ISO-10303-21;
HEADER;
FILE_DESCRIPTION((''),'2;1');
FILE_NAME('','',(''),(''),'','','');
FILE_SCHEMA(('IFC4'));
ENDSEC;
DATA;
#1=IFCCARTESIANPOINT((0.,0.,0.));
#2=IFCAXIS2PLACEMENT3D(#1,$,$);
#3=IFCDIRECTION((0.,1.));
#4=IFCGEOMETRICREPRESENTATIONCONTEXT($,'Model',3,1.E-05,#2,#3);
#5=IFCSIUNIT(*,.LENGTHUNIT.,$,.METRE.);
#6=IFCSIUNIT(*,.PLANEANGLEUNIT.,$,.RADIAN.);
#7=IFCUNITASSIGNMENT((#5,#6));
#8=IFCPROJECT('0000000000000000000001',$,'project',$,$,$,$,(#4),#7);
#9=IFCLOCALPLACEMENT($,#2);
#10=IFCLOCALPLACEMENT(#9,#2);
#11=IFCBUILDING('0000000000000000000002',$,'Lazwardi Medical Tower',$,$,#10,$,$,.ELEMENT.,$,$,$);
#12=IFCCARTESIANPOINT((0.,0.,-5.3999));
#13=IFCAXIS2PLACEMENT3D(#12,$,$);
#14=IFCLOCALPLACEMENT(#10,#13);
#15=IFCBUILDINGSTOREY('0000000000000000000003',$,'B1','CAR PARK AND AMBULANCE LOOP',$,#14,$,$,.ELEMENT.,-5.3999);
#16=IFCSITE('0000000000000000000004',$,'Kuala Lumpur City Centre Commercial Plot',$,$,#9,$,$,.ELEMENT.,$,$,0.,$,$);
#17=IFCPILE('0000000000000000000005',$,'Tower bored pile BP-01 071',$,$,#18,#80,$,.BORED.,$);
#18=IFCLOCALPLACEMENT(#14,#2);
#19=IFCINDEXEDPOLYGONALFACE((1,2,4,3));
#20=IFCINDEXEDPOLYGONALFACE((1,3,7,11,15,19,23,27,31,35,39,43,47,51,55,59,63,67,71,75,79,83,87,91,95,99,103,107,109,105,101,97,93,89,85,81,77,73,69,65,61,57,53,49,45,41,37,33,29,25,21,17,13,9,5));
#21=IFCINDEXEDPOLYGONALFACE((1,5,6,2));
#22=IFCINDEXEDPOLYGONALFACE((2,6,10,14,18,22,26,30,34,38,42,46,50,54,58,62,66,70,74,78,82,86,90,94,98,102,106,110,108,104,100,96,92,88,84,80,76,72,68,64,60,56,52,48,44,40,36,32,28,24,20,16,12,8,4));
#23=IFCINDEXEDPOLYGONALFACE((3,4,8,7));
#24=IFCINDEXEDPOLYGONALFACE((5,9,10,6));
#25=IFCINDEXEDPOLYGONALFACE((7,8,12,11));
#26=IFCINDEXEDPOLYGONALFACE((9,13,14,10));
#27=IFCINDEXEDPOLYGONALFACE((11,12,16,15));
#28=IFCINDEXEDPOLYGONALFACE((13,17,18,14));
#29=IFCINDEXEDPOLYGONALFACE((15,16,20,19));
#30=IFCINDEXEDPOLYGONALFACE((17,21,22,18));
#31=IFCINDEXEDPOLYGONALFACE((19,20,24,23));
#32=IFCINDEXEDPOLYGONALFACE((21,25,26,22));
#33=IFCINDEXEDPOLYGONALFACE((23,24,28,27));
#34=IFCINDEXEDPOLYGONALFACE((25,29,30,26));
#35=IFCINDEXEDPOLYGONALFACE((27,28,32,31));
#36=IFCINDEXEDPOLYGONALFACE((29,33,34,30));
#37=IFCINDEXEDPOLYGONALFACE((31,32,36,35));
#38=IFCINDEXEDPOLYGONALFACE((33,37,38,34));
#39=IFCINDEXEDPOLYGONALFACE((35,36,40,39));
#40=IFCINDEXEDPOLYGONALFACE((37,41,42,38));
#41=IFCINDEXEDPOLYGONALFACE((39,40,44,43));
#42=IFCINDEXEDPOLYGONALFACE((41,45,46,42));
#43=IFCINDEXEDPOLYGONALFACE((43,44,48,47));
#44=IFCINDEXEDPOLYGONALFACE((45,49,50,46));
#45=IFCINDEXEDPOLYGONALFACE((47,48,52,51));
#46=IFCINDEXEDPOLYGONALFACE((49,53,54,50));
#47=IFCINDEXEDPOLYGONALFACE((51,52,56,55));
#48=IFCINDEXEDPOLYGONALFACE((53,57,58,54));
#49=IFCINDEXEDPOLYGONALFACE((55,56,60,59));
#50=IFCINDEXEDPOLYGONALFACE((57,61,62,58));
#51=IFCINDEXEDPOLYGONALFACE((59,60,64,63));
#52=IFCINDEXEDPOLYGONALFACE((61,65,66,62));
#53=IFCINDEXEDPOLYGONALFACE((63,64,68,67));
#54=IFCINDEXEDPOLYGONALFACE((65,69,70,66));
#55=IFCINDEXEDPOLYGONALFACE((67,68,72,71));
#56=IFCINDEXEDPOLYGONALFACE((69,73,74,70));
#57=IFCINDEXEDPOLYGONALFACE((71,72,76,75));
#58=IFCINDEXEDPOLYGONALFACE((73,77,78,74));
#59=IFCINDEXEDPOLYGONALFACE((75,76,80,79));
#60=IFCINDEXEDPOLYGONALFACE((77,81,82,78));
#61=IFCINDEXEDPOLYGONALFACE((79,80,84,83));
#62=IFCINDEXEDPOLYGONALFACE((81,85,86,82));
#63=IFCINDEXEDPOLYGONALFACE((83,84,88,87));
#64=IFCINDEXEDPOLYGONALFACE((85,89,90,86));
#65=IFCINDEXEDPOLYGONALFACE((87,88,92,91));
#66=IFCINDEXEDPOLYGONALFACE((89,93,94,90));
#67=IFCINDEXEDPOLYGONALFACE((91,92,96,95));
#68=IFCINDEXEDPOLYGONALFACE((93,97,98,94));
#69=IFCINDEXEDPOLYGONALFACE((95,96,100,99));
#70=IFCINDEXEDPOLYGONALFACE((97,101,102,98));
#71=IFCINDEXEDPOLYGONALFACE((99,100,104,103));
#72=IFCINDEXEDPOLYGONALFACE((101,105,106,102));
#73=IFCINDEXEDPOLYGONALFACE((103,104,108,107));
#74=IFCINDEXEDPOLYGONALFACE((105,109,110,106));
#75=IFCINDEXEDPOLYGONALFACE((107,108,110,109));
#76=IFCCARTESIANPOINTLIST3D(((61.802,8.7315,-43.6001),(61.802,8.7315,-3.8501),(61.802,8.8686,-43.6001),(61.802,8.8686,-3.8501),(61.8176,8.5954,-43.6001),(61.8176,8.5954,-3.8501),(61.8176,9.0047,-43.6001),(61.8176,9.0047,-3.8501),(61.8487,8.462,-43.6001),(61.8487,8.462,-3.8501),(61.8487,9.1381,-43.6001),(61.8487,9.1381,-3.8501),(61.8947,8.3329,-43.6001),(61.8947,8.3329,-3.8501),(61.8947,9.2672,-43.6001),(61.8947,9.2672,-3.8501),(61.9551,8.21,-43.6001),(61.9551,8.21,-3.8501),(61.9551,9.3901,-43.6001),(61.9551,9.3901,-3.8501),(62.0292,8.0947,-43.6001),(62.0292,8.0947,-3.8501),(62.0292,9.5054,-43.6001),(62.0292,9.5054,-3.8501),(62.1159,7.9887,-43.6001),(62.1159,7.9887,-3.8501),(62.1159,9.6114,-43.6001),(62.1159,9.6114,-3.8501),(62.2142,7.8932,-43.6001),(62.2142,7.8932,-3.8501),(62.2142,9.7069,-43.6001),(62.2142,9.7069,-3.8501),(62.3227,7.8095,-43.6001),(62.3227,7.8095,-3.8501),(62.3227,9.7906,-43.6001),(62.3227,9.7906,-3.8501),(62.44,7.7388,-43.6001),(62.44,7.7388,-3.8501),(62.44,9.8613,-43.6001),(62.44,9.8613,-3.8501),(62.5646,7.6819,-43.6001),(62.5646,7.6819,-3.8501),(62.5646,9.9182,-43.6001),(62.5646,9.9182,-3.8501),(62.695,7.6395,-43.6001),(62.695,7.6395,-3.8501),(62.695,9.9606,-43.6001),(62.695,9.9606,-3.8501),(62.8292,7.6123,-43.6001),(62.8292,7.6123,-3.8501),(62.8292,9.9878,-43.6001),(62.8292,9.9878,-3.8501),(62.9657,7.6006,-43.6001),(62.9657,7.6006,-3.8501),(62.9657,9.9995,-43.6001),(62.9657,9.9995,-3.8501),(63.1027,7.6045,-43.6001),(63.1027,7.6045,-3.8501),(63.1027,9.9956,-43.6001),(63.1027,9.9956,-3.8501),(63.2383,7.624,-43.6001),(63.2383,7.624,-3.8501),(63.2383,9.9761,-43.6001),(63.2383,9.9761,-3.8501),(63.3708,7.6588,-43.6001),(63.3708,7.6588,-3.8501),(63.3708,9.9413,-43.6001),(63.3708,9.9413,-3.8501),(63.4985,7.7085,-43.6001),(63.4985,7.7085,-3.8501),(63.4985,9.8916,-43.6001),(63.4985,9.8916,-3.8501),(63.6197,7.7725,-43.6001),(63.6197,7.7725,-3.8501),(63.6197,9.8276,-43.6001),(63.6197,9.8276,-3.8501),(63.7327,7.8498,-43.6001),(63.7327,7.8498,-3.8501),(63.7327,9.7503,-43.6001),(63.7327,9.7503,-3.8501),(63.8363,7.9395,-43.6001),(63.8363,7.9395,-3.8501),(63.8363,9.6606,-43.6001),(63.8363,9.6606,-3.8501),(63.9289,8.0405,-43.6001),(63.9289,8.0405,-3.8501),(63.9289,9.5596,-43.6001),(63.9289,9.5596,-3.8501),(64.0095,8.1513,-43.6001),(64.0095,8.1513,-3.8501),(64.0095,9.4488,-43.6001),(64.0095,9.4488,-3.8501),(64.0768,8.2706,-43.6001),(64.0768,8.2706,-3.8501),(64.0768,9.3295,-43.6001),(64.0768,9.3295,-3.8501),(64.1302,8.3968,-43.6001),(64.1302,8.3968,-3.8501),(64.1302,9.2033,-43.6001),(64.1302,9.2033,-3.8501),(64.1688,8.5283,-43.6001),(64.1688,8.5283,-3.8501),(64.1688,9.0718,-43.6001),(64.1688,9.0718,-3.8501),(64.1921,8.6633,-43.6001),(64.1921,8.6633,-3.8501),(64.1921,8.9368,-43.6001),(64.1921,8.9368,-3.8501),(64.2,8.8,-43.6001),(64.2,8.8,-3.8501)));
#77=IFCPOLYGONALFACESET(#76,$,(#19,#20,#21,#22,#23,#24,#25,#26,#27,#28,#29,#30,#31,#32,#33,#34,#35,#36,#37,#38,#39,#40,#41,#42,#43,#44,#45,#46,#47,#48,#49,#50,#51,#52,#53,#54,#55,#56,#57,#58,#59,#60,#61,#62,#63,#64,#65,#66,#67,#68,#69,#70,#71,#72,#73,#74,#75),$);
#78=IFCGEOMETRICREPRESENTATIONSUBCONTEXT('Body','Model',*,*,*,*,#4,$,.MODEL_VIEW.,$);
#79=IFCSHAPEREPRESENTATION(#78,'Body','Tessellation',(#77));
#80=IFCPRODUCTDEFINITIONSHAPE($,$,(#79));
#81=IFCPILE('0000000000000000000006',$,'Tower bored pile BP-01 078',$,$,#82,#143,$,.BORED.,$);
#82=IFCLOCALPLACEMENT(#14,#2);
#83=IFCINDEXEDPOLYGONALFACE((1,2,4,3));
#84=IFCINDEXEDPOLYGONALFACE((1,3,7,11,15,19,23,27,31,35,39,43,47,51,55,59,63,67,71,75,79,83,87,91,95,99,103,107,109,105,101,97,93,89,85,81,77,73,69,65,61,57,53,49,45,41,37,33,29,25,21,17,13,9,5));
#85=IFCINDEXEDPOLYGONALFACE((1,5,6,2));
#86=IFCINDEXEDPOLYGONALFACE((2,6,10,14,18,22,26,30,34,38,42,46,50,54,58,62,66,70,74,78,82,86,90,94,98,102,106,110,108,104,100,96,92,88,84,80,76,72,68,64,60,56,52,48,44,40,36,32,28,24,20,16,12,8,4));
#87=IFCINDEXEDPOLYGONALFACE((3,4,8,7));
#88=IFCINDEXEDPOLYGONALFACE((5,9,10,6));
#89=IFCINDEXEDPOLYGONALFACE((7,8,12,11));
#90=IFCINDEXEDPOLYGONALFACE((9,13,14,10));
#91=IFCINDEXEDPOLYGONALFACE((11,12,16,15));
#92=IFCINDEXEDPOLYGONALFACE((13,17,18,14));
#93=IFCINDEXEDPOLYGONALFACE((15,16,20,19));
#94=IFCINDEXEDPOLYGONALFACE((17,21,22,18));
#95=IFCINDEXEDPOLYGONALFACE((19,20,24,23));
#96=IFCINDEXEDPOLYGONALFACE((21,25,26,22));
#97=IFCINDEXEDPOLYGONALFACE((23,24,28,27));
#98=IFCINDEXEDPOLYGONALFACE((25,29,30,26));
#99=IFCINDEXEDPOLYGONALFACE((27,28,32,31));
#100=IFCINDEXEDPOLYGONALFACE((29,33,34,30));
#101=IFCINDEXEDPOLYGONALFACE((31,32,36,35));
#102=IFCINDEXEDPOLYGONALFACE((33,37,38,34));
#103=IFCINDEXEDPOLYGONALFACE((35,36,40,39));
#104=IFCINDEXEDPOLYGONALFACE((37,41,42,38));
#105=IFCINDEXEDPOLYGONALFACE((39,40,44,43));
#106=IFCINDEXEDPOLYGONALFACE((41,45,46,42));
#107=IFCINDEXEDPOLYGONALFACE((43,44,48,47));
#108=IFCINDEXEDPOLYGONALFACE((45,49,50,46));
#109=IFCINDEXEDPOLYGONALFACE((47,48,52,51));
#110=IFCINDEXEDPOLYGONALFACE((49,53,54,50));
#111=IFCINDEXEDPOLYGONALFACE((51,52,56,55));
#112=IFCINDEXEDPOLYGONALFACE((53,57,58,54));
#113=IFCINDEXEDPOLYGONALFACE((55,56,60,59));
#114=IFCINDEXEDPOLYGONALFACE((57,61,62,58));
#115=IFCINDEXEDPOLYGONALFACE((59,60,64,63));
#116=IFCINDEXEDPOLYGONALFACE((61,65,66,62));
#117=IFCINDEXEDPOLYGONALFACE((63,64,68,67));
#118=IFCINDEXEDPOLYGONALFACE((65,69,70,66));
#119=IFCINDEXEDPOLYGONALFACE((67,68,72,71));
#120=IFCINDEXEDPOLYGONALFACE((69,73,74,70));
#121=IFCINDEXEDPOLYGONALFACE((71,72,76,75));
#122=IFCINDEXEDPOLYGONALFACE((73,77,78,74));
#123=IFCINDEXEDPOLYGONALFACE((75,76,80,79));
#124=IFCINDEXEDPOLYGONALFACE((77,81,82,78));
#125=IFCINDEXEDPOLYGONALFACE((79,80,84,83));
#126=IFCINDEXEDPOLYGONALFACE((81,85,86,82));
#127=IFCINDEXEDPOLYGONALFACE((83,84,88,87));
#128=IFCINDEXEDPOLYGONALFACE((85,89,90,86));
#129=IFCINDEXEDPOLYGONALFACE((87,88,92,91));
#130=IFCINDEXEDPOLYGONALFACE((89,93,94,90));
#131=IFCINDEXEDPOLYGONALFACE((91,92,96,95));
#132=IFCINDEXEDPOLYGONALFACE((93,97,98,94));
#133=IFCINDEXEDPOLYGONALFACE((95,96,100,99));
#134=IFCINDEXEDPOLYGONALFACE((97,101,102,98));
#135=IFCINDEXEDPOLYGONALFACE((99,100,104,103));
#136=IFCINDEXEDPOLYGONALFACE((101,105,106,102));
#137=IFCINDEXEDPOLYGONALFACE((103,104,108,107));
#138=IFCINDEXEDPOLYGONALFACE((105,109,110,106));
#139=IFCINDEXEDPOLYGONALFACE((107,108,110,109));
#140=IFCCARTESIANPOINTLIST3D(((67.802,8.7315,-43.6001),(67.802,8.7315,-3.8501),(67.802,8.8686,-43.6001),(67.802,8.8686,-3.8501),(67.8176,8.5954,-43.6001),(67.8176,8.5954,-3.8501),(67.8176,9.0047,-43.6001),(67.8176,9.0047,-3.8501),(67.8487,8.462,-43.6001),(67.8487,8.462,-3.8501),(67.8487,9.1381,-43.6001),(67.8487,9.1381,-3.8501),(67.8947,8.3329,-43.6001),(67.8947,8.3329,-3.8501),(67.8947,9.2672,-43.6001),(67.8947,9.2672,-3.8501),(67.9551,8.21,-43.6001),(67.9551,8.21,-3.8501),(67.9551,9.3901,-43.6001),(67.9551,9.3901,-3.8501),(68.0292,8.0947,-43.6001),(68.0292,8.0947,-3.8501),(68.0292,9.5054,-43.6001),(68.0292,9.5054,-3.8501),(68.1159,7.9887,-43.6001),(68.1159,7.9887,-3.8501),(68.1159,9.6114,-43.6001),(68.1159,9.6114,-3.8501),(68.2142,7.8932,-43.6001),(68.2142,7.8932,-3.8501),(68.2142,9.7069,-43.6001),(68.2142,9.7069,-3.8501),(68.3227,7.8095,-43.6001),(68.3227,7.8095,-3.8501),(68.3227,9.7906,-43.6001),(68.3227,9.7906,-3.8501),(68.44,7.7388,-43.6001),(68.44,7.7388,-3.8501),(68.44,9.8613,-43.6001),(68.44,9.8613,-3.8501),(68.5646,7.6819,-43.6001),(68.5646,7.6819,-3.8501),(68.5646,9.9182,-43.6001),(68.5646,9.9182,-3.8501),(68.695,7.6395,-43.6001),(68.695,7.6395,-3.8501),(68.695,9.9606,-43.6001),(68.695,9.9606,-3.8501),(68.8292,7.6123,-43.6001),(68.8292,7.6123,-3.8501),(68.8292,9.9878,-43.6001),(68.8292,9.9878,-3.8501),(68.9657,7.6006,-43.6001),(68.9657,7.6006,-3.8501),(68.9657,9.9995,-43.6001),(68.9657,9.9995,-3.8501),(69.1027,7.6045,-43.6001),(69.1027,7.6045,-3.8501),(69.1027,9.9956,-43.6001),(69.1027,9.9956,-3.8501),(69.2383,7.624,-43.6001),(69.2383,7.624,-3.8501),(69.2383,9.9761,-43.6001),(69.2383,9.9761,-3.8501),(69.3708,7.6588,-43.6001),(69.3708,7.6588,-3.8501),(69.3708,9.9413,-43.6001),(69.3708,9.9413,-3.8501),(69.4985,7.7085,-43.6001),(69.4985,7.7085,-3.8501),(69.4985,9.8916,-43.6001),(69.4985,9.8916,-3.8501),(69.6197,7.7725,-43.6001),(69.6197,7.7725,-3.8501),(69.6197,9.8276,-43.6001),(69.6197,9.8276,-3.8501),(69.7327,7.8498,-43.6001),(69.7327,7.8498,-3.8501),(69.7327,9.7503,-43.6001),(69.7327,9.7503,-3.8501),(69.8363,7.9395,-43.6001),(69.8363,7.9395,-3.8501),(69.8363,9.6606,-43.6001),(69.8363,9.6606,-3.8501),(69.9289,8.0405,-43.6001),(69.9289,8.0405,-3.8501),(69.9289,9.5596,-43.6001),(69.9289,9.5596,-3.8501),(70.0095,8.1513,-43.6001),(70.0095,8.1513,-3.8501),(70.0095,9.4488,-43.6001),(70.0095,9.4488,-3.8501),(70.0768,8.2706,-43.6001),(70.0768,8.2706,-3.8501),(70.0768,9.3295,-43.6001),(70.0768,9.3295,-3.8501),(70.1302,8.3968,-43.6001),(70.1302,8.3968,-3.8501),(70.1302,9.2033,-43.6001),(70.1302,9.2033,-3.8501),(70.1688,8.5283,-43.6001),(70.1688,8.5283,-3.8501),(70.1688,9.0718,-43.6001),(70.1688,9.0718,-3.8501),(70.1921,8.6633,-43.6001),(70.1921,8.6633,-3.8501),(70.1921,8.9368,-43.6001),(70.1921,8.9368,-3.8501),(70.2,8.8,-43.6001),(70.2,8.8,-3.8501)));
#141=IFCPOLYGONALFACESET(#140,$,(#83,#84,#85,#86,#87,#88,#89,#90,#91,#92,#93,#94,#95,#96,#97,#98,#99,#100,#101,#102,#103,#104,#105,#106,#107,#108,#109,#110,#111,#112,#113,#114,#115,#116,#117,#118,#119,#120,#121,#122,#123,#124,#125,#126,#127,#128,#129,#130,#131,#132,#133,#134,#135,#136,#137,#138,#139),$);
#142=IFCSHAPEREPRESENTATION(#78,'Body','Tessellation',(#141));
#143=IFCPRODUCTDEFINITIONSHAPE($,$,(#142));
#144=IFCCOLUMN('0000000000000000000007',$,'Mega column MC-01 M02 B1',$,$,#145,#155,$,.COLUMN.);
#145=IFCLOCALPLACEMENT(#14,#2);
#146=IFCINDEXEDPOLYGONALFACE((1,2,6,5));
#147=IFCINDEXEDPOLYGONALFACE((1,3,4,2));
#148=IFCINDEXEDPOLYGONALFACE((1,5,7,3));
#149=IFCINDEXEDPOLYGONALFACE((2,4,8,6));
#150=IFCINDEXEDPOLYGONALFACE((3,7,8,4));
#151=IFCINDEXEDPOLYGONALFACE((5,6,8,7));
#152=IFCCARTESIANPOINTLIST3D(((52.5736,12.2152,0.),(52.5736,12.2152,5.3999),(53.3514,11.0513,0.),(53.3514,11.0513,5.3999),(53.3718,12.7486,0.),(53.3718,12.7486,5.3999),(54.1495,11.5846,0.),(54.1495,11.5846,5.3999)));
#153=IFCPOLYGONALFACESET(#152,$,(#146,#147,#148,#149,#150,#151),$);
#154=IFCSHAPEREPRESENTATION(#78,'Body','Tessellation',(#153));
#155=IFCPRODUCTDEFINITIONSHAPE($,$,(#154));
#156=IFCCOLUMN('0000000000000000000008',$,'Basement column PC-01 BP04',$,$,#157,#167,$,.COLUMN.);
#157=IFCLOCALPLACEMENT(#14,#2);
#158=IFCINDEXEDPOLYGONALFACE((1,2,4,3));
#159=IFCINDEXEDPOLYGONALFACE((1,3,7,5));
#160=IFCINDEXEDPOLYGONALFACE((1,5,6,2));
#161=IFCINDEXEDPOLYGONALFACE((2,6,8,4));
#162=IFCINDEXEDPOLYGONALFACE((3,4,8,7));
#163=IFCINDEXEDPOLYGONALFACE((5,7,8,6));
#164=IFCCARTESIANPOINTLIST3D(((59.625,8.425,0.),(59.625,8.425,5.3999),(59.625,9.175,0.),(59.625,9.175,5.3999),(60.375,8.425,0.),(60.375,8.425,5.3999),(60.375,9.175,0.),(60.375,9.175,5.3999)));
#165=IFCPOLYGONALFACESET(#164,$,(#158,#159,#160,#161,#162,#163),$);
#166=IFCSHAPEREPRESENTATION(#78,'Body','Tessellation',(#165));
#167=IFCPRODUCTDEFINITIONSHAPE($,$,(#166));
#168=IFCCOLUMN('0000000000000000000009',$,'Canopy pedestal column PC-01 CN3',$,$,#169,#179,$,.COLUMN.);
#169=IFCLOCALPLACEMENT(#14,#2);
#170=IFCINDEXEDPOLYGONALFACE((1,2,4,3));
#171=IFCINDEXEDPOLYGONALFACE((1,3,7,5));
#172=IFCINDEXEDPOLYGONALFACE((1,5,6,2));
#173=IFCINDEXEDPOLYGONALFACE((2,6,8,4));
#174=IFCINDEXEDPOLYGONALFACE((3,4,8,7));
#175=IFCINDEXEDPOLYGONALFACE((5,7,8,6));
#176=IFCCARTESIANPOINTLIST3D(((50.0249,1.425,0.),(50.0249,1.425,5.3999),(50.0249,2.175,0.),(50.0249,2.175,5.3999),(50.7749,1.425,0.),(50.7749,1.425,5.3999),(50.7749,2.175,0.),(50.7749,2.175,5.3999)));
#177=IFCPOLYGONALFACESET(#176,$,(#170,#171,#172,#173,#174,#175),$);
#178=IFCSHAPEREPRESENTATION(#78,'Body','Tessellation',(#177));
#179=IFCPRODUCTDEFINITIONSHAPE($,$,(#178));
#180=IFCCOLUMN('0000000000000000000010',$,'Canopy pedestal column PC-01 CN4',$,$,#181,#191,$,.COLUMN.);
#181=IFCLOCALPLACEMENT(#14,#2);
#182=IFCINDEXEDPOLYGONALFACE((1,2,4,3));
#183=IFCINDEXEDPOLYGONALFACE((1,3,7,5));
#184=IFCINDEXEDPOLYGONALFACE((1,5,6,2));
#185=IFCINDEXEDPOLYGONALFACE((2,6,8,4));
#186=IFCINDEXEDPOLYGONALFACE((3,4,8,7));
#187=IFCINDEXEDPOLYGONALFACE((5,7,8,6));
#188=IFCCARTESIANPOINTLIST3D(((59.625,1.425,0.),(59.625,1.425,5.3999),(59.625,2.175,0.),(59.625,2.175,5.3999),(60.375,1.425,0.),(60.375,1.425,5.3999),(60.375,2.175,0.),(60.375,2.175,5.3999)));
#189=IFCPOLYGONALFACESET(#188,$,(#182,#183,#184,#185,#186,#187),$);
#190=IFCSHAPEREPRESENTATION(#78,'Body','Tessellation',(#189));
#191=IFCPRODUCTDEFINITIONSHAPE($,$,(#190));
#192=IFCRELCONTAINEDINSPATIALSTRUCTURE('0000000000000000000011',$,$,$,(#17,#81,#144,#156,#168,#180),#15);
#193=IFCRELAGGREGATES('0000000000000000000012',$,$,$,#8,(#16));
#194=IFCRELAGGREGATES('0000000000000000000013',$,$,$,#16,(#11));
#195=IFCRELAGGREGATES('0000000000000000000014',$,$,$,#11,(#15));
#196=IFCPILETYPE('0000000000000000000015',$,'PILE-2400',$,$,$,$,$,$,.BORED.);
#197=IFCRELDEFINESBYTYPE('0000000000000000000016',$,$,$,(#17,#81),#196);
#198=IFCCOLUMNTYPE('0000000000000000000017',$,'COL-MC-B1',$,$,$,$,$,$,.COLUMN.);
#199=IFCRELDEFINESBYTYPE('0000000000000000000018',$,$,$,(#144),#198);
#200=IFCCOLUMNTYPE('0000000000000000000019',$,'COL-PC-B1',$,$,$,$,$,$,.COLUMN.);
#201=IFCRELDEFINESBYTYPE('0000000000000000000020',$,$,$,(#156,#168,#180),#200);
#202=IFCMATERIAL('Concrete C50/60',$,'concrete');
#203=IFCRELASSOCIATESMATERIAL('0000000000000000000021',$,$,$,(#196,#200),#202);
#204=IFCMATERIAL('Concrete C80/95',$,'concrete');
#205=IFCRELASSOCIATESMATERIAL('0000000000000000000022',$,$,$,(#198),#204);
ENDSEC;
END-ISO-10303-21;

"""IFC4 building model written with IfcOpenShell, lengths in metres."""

from ifc_helpers import new_model, si_unit, direction, frame, origin, origin_2d, place, context, subcontext, project, spatial, rectangle, circle, extrude, material, material_profile, profile_set, type_object, element, save


model = new_model("IFC4")

# Units and contexts
model_context = context("Model", 3, precision=1e-05, world=origin(), true_north=direction((0.0, 1.0)))
body_context = subcontext(model_context, "Body", "Model", "MODEL_VIEW")
ifc_project = project(units=[si_unit("LENGTHUNIT", "METRE"), si_unit("PLANEANGLEUNIT", "RADIAN")], contexts=[model_context])

# Site, building, storey
site_placement = place(None, origin())
site = spatial("IfcSite", under=ifc_project, at=site_placement, Name="Kuala Lumpur City Centre Commercial Plot", CompositionType="ELEMENT", RefElevation=0.0)
building_placement = place(site_placement, origin())
building = spatial("IfcBuilding", under=site, at=building_placement, Name="Lazwardi Medical Tower", CompositionType="ELEMENT")
storey_placement = place(building_placement, frame((0.0, 0.0, -5.3999)))
storey = spatial("IfcBuildingStorey", under=building, at=storey_placement, Name="B1", Description="CAR PARK AND AMBULANCE LOOP", CompositionType="ELEMENT", Elevation=-5.3999)

# Piles
ifc_material_1 = material(Name="Concrete C50/60", Category="concrete")
ifc_material_profile_1 = material_profile(ifc_material_1, circle(Radius=1.2, at=origin_2d()), Name="BORED PILE D2400")
ifc_profile_set_1 = profile_set([ifc_material_profile_1], Name="Concrete C50/60")
pile_type_1 = type_object("IfcPileType", Name="PILE-2400", PredefinedType="BORED", material=ifc_profile_set_1)
for number, where, z_axis, x_axis, name in (
    (1, (63.0, 8.8, -3.8501), (0.0, 0.0, -1.0), (1.0, 0.0, 0.0), "Tower bored pile BP-01 071"),
    (2, (69.0, 8.8, -3.8501), (0.0, 0.0, -1.0), (1.0, 0.0, 0.0), "Tower bored pile BP-01 078"),
):
    element("IfcPile", number, at=place(storey_placement, frame(where, z_axis=z_axis, x_axis=x_axis)), inside=storey, type_object=pile_type_1, Name=name, PredefinedType="BORED", context=body_context, shape_type="SweptSolid", body=[
        extrude(circle(Radius=1.2, at=origin_2d()), origin(), (0.0, 0.0, 1.0), 39.75),
    ])

# Columns
ifc_material_2 = material(Name="Concrete C80/95", Category="concrete")
ifc_material_profile_2 = material_profile(ifc_material_2, rectangle(XDim=1.3999, YDim=0.96, at=origin_2d()), Name="CFT-RECT 1400x960")
ifc_profile_set_2 = profile_set([ifc_material_profile_2], Name="Concrete C80/95")
column_type_1 = type_object("IfcColumnType", Name="COL-MC-B1", PredefinedType="COLUMN", material=ifc_profile_set_2)
column_placement = place(storey_placement, frame((53.3616, 11.8999, 0.0), z_axis=(0.0, 0.0, 1.0), x_axis=(0.55557, -0.83147, 0.0)))
element("IfcColumn", 3, at=column_placement, inside=storey, type_object=column_type_1, Name="Mega column MC-01 M02 B1", PredefinedType="COLUMN", context=body_context, shape_type="SweptSolid", body=[
    extrude(rectangle(XDim=1.3999, YDim=0.96, at=origin_2d()), origin(), (0.0, 0.0, 1.0), 5.3999),
])
ifc_material_profile_3 = material_profile(ifc_material_1, rectangle(XDim=0.75, YDim=0.75, at=origin_2d()), Name="RC 750x750")
ifc_profile_set_3 = profile_set([ifc_material_profile_3], Name="Concrete C50/60")
column_type_2 = type_object("IfcColumnType", Name="COL-PC-B1", PredefinedType="COLUMN", material=ifc_profile_set_3)
for number, where, z_axis, x_axis, name in (
    (4, (60.0, 8.8, 0.0), (0.0, 0.0, 1.0), (1.0, 0.0, 0.0), "Basement column PC-01 BP04"),
    (5, (50.3999, 1.8, 0.0), (0.0, 0.0, 1.0), (1.0, 0.0, 0.0), "Canopy pedestal column PC-01 CN3"),
    (6, (60.0, 1.8, 0.0), (0.0, 0.0, 1.0), (1.0, 0.0, 0.0), "Canopy pedestal column PC-01 CN4"),
):
    element("IfcColumn", number, at=place(storey_placement, frame(where, z_axis=z_axis, x_axis=x_axis)), inside=storey, type_object=column_type_2, Name=name, PredefinedType="COLUMN", context=body_context, shape_type="SweptSolid", body=[
        extrude(rectangle(XDim=0.75, YDim=0.75, at=origin_2d()), origin(), (0.0, 0.0, 1.0), 5.3999),
    ])

save(model, "model.ifc")
